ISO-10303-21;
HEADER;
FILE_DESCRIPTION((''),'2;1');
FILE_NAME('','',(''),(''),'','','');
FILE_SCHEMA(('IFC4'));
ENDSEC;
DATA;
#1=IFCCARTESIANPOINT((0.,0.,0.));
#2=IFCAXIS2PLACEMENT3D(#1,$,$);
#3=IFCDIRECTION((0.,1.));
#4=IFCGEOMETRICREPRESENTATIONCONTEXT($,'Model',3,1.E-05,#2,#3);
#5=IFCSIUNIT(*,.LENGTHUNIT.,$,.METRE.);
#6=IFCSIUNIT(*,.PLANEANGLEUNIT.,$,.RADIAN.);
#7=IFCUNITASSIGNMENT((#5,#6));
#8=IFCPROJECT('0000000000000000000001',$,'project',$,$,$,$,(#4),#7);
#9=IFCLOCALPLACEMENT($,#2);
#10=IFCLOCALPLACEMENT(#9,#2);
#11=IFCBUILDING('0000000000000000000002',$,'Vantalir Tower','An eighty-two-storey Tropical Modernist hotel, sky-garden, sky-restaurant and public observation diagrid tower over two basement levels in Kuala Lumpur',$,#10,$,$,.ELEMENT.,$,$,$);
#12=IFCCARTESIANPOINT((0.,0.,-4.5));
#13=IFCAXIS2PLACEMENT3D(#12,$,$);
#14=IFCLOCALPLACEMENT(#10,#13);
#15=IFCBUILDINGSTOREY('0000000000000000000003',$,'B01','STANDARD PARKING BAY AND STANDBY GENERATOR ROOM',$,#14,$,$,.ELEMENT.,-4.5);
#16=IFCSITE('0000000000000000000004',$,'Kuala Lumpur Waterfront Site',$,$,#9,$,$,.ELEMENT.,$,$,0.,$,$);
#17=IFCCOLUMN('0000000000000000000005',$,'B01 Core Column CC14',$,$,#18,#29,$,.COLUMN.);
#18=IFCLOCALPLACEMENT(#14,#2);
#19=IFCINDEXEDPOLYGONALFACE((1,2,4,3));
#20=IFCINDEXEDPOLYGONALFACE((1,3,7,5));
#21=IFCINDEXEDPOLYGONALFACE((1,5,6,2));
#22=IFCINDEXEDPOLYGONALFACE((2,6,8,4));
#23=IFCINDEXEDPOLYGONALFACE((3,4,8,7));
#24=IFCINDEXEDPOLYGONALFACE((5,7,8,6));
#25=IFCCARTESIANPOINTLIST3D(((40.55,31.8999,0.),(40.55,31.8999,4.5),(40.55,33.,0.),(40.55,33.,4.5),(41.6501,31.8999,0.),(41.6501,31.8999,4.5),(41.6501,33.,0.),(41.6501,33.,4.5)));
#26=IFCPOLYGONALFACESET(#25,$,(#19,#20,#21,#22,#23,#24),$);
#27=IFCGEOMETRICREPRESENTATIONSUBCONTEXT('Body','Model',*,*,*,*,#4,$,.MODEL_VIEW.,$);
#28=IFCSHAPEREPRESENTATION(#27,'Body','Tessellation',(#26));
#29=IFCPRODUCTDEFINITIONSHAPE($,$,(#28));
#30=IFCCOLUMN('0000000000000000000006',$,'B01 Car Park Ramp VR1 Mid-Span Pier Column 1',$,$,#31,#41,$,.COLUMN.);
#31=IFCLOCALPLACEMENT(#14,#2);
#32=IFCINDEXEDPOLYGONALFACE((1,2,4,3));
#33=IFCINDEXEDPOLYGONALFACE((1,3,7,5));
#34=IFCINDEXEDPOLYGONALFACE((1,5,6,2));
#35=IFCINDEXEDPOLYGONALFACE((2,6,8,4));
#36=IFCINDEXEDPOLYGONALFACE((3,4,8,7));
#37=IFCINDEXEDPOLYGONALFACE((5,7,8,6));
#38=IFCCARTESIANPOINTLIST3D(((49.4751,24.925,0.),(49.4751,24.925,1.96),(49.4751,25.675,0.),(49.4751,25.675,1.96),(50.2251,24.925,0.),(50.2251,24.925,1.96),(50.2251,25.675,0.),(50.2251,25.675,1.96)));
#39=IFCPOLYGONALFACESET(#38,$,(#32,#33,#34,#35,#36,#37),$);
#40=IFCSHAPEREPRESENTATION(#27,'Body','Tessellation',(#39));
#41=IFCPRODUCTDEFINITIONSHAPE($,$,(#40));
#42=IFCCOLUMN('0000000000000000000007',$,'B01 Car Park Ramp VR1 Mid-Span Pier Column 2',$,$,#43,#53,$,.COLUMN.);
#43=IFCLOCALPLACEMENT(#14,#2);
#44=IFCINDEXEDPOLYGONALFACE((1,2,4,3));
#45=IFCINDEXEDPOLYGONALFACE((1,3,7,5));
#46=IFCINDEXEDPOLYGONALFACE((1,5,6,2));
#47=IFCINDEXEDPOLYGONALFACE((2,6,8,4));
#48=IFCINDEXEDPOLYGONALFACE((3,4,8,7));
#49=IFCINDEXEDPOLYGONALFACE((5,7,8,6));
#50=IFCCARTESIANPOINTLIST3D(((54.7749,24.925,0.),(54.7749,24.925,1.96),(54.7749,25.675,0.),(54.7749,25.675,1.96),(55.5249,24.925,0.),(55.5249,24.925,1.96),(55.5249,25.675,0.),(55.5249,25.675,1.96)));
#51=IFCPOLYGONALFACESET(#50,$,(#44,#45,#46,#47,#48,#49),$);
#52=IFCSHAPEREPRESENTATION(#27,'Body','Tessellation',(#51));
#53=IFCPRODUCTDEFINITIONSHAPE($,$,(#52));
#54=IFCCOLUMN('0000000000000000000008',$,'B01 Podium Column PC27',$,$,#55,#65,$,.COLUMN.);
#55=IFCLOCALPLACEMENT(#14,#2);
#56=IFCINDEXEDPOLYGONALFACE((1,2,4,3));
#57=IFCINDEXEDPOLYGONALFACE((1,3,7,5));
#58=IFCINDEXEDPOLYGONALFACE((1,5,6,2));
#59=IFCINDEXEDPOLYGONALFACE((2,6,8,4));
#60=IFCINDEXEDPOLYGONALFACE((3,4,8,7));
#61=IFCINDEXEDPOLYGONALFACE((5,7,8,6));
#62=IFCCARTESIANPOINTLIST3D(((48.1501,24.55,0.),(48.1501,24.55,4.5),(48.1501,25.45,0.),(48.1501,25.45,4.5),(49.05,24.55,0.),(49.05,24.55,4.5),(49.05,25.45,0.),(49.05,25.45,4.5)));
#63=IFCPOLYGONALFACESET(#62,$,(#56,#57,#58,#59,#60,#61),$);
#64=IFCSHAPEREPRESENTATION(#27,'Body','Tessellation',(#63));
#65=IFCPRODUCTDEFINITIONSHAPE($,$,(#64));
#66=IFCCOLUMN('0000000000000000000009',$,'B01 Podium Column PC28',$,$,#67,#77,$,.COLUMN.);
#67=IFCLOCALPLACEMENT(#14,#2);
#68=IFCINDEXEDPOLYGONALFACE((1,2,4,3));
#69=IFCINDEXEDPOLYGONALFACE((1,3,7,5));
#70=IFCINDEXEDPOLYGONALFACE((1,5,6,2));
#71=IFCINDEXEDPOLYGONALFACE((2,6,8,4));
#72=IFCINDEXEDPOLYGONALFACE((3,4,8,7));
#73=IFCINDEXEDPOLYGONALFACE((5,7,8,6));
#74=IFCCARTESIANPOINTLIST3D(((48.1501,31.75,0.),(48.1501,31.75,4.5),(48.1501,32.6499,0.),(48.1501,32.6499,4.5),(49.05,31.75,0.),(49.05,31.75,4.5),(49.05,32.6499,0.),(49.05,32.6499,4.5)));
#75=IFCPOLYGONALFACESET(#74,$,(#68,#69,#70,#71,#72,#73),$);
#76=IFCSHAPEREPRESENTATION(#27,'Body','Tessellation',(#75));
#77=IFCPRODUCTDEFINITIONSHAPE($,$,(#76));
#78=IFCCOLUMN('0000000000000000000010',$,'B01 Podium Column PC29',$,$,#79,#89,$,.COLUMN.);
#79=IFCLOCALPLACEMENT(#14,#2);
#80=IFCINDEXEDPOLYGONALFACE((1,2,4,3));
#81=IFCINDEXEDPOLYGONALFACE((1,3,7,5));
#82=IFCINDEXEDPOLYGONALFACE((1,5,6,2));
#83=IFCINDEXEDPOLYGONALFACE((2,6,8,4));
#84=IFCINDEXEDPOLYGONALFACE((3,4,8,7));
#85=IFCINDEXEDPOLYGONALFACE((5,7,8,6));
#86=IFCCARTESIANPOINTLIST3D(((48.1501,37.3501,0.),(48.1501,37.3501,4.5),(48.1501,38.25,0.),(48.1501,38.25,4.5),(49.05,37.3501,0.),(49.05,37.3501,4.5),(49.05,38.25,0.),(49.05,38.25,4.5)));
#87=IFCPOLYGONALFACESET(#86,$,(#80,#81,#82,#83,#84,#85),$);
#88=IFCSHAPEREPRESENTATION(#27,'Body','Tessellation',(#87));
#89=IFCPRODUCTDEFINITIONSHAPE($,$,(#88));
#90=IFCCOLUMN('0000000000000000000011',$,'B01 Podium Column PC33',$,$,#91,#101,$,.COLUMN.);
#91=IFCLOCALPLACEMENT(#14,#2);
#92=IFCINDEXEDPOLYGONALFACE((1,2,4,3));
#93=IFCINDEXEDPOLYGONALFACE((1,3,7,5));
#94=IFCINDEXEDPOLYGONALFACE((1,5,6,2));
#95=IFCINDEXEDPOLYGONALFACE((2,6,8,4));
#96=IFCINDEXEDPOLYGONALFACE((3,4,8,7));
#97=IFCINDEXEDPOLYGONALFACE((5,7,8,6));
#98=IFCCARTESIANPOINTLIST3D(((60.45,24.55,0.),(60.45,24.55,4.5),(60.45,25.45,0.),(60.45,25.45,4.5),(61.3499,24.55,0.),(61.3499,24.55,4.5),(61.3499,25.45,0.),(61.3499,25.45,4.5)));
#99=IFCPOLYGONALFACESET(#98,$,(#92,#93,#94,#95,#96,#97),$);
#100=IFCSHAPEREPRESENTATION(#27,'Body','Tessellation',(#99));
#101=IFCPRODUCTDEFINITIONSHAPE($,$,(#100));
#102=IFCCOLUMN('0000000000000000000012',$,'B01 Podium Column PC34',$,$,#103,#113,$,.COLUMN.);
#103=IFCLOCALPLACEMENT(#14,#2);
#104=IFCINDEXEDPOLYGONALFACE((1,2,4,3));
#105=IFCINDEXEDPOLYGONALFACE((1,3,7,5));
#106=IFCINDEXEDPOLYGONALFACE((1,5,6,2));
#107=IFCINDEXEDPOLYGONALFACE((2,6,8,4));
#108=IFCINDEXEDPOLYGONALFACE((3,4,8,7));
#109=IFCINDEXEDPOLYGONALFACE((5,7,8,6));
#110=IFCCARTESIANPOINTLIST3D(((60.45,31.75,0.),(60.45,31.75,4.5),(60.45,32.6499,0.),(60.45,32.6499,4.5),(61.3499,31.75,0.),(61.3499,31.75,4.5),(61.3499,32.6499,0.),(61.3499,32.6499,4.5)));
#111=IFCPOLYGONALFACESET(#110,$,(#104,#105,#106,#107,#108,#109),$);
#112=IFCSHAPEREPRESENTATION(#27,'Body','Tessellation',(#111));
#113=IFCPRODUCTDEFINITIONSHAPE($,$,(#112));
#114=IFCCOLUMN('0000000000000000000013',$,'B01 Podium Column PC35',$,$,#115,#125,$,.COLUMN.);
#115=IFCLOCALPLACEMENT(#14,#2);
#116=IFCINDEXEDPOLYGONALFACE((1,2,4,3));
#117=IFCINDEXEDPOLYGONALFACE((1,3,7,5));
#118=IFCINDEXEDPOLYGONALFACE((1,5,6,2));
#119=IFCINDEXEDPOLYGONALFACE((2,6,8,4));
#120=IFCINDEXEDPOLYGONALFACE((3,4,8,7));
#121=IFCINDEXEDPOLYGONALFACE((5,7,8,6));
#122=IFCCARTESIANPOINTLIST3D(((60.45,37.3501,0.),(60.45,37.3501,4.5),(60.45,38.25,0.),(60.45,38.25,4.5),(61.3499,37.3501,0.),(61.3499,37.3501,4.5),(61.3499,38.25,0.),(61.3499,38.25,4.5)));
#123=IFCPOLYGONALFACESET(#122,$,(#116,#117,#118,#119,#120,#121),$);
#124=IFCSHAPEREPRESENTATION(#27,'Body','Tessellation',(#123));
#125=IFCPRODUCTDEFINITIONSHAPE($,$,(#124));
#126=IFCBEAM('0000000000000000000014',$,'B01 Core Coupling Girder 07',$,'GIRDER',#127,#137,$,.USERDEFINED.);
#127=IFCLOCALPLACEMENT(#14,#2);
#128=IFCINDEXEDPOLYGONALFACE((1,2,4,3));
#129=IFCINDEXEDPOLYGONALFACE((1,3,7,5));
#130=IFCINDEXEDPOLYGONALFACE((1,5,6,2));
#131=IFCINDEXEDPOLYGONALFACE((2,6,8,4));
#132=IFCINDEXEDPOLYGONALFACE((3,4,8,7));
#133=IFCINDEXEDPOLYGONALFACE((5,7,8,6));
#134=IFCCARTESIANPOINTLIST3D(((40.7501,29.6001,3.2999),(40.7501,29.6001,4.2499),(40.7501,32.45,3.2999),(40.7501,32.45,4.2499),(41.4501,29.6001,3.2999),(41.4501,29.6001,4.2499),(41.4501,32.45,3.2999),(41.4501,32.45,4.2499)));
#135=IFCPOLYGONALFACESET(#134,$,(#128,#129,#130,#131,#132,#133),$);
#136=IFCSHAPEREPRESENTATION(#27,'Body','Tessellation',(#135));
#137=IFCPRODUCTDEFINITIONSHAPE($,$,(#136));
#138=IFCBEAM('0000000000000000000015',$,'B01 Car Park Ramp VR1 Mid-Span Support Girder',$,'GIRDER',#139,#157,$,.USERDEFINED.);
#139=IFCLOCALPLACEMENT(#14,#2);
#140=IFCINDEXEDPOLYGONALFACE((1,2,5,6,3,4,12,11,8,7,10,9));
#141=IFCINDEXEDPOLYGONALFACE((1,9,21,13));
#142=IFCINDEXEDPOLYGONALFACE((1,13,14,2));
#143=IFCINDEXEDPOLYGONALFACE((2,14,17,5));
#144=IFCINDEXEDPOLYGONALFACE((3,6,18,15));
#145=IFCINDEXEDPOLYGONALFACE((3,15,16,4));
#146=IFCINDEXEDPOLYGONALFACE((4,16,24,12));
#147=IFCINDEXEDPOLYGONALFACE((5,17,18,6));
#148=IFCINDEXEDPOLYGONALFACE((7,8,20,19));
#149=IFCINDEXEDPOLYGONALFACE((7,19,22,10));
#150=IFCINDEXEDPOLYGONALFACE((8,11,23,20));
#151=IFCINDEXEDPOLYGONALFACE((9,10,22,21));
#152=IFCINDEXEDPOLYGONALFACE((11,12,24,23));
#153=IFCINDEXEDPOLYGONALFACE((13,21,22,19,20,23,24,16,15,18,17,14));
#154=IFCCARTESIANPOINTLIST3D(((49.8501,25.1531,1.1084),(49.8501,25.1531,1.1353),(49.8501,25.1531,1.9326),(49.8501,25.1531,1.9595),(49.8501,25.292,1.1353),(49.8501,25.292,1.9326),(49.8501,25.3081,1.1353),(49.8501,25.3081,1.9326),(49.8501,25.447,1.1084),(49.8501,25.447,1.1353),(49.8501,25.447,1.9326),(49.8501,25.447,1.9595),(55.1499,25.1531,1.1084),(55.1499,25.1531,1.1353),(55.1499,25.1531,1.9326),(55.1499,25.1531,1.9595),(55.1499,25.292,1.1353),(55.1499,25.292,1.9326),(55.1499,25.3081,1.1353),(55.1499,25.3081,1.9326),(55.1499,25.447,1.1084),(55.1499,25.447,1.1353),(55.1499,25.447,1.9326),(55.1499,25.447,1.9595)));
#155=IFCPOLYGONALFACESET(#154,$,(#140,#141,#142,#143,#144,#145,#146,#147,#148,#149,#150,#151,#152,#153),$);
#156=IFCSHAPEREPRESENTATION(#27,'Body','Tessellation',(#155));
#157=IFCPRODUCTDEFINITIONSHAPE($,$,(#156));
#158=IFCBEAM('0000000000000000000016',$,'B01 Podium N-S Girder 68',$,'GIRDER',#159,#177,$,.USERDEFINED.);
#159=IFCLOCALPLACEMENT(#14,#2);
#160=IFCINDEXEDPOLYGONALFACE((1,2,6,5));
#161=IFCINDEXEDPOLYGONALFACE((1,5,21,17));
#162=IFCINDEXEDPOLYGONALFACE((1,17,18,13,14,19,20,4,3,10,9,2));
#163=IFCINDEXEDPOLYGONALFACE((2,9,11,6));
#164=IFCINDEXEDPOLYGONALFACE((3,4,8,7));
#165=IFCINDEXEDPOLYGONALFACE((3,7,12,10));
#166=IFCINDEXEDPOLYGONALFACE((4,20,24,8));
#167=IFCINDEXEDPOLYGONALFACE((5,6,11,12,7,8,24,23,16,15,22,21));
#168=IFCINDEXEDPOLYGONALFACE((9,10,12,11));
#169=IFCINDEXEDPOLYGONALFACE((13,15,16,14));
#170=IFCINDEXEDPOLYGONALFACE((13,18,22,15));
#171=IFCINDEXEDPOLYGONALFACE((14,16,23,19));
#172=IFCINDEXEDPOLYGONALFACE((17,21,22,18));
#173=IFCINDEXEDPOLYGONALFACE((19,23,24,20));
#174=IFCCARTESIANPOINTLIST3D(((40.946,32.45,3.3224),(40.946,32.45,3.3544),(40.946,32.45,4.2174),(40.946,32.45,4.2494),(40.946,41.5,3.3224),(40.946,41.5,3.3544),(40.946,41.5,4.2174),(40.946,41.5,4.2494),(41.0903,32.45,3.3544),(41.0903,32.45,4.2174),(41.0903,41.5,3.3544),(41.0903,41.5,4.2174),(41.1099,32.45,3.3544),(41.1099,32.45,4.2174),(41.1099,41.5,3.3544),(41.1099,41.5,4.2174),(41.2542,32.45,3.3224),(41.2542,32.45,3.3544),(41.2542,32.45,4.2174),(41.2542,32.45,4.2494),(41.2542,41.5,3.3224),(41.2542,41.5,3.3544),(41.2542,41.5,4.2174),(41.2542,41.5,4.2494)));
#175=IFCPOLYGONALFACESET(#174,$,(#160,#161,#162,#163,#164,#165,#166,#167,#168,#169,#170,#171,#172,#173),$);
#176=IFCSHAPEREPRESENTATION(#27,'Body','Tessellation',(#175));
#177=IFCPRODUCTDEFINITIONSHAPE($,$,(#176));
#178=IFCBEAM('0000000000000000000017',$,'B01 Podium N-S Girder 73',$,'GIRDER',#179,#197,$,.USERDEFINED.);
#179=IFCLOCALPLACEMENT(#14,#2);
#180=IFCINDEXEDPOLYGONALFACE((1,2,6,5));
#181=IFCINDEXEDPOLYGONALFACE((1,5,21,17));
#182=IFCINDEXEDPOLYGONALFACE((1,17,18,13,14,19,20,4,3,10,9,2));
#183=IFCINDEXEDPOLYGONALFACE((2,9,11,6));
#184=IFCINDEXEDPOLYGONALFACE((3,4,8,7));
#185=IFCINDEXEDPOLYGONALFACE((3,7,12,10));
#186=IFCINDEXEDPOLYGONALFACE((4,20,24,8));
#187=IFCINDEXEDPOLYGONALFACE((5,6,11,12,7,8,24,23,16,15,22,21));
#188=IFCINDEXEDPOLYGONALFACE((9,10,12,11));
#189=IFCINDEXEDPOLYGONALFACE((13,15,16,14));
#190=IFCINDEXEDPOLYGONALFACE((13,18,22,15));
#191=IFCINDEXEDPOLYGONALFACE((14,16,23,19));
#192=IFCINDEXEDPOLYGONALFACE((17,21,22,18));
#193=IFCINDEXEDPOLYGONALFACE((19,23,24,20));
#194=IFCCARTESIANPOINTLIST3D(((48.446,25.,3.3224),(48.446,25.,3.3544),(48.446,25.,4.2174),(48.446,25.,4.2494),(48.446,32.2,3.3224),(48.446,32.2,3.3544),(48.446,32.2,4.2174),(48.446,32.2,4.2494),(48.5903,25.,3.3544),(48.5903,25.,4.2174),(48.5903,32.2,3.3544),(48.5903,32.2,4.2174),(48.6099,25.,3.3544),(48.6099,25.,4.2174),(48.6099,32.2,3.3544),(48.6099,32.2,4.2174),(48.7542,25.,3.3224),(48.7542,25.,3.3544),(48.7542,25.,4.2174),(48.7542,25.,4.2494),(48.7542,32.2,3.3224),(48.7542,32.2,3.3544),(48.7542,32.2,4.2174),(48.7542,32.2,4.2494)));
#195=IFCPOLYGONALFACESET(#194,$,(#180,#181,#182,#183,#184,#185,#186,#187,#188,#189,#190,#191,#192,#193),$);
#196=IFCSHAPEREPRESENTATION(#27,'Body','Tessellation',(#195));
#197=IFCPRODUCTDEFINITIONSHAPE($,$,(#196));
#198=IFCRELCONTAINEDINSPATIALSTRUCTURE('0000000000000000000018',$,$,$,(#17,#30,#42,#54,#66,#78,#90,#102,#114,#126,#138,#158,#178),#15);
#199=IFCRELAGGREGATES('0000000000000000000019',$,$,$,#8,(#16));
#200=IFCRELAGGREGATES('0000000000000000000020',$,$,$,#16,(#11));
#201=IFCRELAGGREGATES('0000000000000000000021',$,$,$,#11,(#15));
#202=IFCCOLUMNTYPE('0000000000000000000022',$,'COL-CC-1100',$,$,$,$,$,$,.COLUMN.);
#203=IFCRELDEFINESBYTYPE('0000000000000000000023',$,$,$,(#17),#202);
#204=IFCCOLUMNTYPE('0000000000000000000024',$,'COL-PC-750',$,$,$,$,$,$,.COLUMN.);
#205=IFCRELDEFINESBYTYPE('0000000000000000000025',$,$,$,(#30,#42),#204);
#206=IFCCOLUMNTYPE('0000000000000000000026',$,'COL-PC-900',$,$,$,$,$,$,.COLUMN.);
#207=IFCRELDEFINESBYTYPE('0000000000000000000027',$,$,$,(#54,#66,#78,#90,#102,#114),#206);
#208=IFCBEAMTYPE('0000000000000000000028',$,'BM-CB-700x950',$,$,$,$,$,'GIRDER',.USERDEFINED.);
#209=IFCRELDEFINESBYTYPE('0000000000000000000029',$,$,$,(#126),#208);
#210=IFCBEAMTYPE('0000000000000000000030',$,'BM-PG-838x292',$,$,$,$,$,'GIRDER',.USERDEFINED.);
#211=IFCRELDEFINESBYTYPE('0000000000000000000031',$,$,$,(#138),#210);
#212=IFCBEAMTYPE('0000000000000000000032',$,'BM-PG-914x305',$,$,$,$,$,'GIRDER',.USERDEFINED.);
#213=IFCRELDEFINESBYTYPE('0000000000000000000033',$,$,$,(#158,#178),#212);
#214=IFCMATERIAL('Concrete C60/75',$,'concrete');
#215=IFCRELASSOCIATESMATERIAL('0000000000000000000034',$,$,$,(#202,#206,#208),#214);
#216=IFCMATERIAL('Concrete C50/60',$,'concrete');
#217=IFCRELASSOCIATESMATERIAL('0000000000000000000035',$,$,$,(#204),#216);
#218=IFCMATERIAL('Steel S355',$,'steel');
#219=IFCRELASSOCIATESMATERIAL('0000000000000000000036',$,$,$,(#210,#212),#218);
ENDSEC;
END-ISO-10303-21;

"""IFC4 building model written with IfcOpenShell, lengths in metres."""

from ifc_helpers import new_model, si_unit, direction, frame, origin, origin_2d, place, context, subcontext, project, spatial, rectangle, i_section, extrude, material, material_profile, profile_set, type_object, element, save


model = new_model("IFC4")

# Units and contexts
model_context = context("Model", 3, precision=1e-05, world=origin(), true_north=direction((0.0, 1.0)))
body_context = subcontext(model_context, "Body", "Model", "MODEL_VIEW")
ifc_project = project(units=[si_unit("LENGTHUNIT", "METRE"), si_unit("PLANEANGLEUNIT", "RADIAN")], contexts=[model_context])

# Site, building, storey
site_placement = place(None, origin())
site = spatial("IfcSite", under=ifc_project, at=site_placement, Name="Kuala Lumpur Waterfront Site", CompositionType="ELEMENT", RefElevation=0.0)
building_placement = place(site_placement, origin())
building = spatial("IfcBuilding", under=site, at=building_placement, Name="Vantalir Tower", Description="An eighty-two-storey Tropical Modernist hotel, sky-garden, sky-restaurant and public observation diagrid tower over two basement levels in Kuala Lumpur", CompositionType="ELEMENT")
storey_placement = place(building_placement, frame((0.0, 0.0, -4.5)))
storey = spatial("IfcBuildingStorey", under=building, at=storey_placement, Name="B01", Description="STANDARD PARKING BAY AND STANDBY GENERATOR ROOM", CompositionType="ELEMENT", Elevation=-4.5)

# Columns
ifc_material_1 = material(Name="Concrete C60/75", Category="concrete")
ifc_material_profile_1 = material_profile(ifc_material_1, rectangle(XDim=1.1001, YDim=1.1001, at=origin_2d()), Name="Concrete C60/75")
ifc_profile_set_1 = profile_set([ifc_material_profile_1], Name="Concrete C60/75")
column_type_1 = type_object("IfcColumnType", Name="COL-CC-1100", PredefinedType="COLUMN", material=ifc_profile_set_1)
column_placement = place(storey_placement, frame((41.1001, 32.45, 0.0), z_axis=(0.0, 0.0, 1.0), x_axis=(1.0, 0.0, 0.0)))
element("IfcColumn", 1, at=column_placement, inside=storey, type_object=column_type_1, Name="B01 Core Column CC14", PredefinedType="COLUMN", context=body_context, shape_type="SweptSolid", body=[
    extrude(rectangle(XDim=1.1001, YDim=1.1001, at=origin_2d()), origin(), (0.0, 0.0, 1.0), 4.5),
])
ifc_material_2 = material(Name="Concrete C50/60", Category="concrete")
ifc_material_profile_2 = material_profile(ifc_material_2, rectangle(XDim=0.75, YDim=0.75, at=origin_2d()), Name="Concrete C50/60")
ifc_profile_set_2 = profile_set([ifc_material_profile_2], Name="Concrete C50/60")
column_type_2 = type_object("IfcColumnType", Name="COL-PC-750", PredefinedType="COLUMN", material=ifc_profile_set_2)
for number, where, z_axis, x_axis, name in (
    (2, (49.8501, 25.3, 0.0), (0.0, 0.0, 1.0), (1.0, 0.0, 0.0), "B01 Car Park Ramp VR1 Mid-Span Pier Column 1"),
    (3, (55.1499, 25.3, 0.0), (0.0, 0.0, 1.0), (1.0, 0.0, 0.0), "B01 Car Park Ramp VR1 Mid-Span Pier Column 2"),
):
    element("IfcColumn", number, at=place(storey_placement, frame(where, z_axis=z_axis, x_axis=x_axis)), inside=storey, type_object=column_type_2, Name=name, PredefinedType="COLUMN", context=body_context, shape_type="SweptSolid", body=[
        extrude(rectangle(XDim=0.75, YDim=0.75, at=origin_2d()), origin(), (0.0, 0.0, 1.0), 1.96),
    ])
ifc_material_profile_3 = material_profile(ifc_material_1, rectangle(XDim=0.8999, YDim=0.8999, at=origin_2d()), Name="Concrete C60/75")
ifc_profile_set_3 = profile_set([ifc_material_profile_3], Name="Concrete C60/75")
column_type_3 = type_object("IfcColumnType", Name="COL-PC-900", PredefinedType="COLUMN", material=ifc_profile_set_3)
for number, where, z_axis, x_axis, name in (
    (4, (48.6001, 25.0, 0.0), (0.0, 0.0, 1.0), (1.0, 0.0, 0.0), "B01 Podium Column PC27"),
    (5, (48.6001, 32.2, 0.0), (0.0, 0.0, 1.0), (1.0, 0.0, 0.0), "B01 Podium Column PC28"),
    (6, (48.6001, 37.8, 0.0), (0.0, 0.0, 1.0), (1.0, 0.0, 0.0), "B01 Podium Column PC29"),
    (7, (60.8999, 25.0, 0.0), (0.0, 0.0, 1.0), (1.0, 0.0, 0.0), "B01 Podium Column PC33"),
    (8, (60.8999, 32.2, 0.0), (0.0, 0.0, 1.0), (1.0, 0.0, 0.0), "B01 Podium Column PC34"),
    (9, (60.8999, 37.8, 0.0), (0.0, 0.0, 1.0), (1.0, 0.0, 0.0), "B01 Podium Column PC35"),
):
    element("IfcColumn", number, at=place(storey_placement, frame(where, z_axis=z_axis, x_axis=x_axis)), inside=storey, type_object=column_type_3, Name=name, PredefinedType="COLUMN", context=body_context, shape_type="SweptSolid", body=[
        extrude(rectangle(XDim=0.8999, YDim=0.8999, at=origin_2d()), origin(), (0.0, 0.0, 1.0), 4.5),
    ])

# Beams
ifc_material_profile_4 = material_profile(ifc_material_1, rectangle(XDim=0.7, YDim=0.95, at=origin_2d()), Name="Concrete C60/75")
ifc_profile_set_4 = profile_set([ifc_material_profile_4], Name="Concrete C60/75")
beam_type_1 = type_object("IfcBeamType", Name="BM-CB-700x950", ElementType="GIRDER", PredefinedType="USERDEFINED", material=ifc_profile_set_4)
beam_1_placement = place(storey_placement, frame((41.1001, 29.6001, 3.7749), z_axis=(0.0, 1.0, 0.0), x_axis=(-1.0, 0.0, 0.0)))
element("IfcBeam", 10, at=beam_1_placement, inside=storey, type_object=beam_type_1, Name="B01 Core Coupling Girder 07", ObjectType="GIRDER", PredefinedType="USERDEFINED", context=body_context, shape_type="SweptSolid", body=[
    extrude(rectangle(XDim=0.7, YDim=0.95, at=origin_2d()), origin(), (0.0, 0.0, 1.0), 2.8499),
])
ifc_material_3 = material(Name="Steel S355", Category="steel")
ifc_material_profile_5 = material_profile(ifc_material_3, i_section(OverallWidth=0.2939, OverallDepth=0.8511, WebThickness=0.0161, FlangeThickness=0.0269, at=origin_2d()), Name="Steel S355")
ifc_profile_set_5 = profile_set([ifc_material_profile_5], Name="Steel S355")
beam_type_2 = type_object("IfcBeamType", Name="BM-PG-838x292", ElementType="GIRDER", PredefinedType="USERDEFINED", material=ifc_profile_set_5)
beam_2_placement = place(storey_placement, frame((49.8501, 25.3, 1.5339), z_axis=(1.0, 0.0, 0.0), x_axis=(0.0, 1.0, 0.0)))
element("IfcBeam", 11, at=beam_2_placement, inside=storey, type_object=beam_type_2, Name="B01 Car Park Ramp VR1 Mid-Span Support Girder", ObjectType="GIRDER", PredefinedType="USERDEFINED", context=body_context, shape_type="SweptSolid", body=[
    extrude(i_section(OverallWidth=0.2939, OverallDepth=0.8511, WebThickness=0.0161, FlangeThickness=0.0269, at=origin_2d()), origin(), (0.0, 0.0, 1.0), 5.2998),
])
ifc_material_profile_6 = material_profile(ifc_material_3, i_section(OverallWidth=0.3081, OverallDepth=0.927, WebThickness=0.0195, FlangeThickness=0.032, at=origin_2d()), Name="Steel S355")
ifc_profile_set_6 = profile_set([ifc_material_profile_6], Name="Steel S355")
beam_type_3 = type_object("IfcBeamType", Name="BM-PG-914x305", ElementType="GIRDER", PredefinedType="USERDEFINED", material=ifc_profile_set_6)
beam_3_placement = place(storey_placement, frame((41.1001, 32.45, 3.7859), z_axis=(0.0, 1.0, 0.0), x_axis=(-1.0, 0.0, 0.0)))
element("IfcBeam", 12, at=beam_3_placement, inside=storey, type_object=beam_type_3, Name="B01 Podium N-S Girder 68", ObjectType="GIRDER", PredefinedType="USERDEFINED", context=body_context, shape_type="SweptSolid", body=[
    extrude(i_section(OverallWidth=0.3081, OverallDepth=0.927, WebThickness=0.0195, FlangeThickness=0.032, at=origin_2d()), origin(), (0.0, 0.0, 1.0), 9.05),
])
beam_4_placement = place(storey_placement, frame((48.6001, 25.0, 3.7859), z_axis=(0.0, 1.0, 0.0), x_axis=(-1.0, 0.0, 0.0)))
element("IfcBeam", 13, at=beam_4_placement, inside=storey, type_object=beam_type_3, Name="B01 Podium N-S Girder 73", ObjectType="GIRDER", PredefinedType="USERDEFINED", context=body_context, shape_type="SweptSolid", body=[
    extrude(i_section(OverallWidth=0.3081, OverallDepth=0.927, WebThickness=0.0195, FlangeThickness=0.032, at=origin_2d()), origin(), (0.0, 0.0, 1.0), 7.2),
])

save(model, "model.ifc")
